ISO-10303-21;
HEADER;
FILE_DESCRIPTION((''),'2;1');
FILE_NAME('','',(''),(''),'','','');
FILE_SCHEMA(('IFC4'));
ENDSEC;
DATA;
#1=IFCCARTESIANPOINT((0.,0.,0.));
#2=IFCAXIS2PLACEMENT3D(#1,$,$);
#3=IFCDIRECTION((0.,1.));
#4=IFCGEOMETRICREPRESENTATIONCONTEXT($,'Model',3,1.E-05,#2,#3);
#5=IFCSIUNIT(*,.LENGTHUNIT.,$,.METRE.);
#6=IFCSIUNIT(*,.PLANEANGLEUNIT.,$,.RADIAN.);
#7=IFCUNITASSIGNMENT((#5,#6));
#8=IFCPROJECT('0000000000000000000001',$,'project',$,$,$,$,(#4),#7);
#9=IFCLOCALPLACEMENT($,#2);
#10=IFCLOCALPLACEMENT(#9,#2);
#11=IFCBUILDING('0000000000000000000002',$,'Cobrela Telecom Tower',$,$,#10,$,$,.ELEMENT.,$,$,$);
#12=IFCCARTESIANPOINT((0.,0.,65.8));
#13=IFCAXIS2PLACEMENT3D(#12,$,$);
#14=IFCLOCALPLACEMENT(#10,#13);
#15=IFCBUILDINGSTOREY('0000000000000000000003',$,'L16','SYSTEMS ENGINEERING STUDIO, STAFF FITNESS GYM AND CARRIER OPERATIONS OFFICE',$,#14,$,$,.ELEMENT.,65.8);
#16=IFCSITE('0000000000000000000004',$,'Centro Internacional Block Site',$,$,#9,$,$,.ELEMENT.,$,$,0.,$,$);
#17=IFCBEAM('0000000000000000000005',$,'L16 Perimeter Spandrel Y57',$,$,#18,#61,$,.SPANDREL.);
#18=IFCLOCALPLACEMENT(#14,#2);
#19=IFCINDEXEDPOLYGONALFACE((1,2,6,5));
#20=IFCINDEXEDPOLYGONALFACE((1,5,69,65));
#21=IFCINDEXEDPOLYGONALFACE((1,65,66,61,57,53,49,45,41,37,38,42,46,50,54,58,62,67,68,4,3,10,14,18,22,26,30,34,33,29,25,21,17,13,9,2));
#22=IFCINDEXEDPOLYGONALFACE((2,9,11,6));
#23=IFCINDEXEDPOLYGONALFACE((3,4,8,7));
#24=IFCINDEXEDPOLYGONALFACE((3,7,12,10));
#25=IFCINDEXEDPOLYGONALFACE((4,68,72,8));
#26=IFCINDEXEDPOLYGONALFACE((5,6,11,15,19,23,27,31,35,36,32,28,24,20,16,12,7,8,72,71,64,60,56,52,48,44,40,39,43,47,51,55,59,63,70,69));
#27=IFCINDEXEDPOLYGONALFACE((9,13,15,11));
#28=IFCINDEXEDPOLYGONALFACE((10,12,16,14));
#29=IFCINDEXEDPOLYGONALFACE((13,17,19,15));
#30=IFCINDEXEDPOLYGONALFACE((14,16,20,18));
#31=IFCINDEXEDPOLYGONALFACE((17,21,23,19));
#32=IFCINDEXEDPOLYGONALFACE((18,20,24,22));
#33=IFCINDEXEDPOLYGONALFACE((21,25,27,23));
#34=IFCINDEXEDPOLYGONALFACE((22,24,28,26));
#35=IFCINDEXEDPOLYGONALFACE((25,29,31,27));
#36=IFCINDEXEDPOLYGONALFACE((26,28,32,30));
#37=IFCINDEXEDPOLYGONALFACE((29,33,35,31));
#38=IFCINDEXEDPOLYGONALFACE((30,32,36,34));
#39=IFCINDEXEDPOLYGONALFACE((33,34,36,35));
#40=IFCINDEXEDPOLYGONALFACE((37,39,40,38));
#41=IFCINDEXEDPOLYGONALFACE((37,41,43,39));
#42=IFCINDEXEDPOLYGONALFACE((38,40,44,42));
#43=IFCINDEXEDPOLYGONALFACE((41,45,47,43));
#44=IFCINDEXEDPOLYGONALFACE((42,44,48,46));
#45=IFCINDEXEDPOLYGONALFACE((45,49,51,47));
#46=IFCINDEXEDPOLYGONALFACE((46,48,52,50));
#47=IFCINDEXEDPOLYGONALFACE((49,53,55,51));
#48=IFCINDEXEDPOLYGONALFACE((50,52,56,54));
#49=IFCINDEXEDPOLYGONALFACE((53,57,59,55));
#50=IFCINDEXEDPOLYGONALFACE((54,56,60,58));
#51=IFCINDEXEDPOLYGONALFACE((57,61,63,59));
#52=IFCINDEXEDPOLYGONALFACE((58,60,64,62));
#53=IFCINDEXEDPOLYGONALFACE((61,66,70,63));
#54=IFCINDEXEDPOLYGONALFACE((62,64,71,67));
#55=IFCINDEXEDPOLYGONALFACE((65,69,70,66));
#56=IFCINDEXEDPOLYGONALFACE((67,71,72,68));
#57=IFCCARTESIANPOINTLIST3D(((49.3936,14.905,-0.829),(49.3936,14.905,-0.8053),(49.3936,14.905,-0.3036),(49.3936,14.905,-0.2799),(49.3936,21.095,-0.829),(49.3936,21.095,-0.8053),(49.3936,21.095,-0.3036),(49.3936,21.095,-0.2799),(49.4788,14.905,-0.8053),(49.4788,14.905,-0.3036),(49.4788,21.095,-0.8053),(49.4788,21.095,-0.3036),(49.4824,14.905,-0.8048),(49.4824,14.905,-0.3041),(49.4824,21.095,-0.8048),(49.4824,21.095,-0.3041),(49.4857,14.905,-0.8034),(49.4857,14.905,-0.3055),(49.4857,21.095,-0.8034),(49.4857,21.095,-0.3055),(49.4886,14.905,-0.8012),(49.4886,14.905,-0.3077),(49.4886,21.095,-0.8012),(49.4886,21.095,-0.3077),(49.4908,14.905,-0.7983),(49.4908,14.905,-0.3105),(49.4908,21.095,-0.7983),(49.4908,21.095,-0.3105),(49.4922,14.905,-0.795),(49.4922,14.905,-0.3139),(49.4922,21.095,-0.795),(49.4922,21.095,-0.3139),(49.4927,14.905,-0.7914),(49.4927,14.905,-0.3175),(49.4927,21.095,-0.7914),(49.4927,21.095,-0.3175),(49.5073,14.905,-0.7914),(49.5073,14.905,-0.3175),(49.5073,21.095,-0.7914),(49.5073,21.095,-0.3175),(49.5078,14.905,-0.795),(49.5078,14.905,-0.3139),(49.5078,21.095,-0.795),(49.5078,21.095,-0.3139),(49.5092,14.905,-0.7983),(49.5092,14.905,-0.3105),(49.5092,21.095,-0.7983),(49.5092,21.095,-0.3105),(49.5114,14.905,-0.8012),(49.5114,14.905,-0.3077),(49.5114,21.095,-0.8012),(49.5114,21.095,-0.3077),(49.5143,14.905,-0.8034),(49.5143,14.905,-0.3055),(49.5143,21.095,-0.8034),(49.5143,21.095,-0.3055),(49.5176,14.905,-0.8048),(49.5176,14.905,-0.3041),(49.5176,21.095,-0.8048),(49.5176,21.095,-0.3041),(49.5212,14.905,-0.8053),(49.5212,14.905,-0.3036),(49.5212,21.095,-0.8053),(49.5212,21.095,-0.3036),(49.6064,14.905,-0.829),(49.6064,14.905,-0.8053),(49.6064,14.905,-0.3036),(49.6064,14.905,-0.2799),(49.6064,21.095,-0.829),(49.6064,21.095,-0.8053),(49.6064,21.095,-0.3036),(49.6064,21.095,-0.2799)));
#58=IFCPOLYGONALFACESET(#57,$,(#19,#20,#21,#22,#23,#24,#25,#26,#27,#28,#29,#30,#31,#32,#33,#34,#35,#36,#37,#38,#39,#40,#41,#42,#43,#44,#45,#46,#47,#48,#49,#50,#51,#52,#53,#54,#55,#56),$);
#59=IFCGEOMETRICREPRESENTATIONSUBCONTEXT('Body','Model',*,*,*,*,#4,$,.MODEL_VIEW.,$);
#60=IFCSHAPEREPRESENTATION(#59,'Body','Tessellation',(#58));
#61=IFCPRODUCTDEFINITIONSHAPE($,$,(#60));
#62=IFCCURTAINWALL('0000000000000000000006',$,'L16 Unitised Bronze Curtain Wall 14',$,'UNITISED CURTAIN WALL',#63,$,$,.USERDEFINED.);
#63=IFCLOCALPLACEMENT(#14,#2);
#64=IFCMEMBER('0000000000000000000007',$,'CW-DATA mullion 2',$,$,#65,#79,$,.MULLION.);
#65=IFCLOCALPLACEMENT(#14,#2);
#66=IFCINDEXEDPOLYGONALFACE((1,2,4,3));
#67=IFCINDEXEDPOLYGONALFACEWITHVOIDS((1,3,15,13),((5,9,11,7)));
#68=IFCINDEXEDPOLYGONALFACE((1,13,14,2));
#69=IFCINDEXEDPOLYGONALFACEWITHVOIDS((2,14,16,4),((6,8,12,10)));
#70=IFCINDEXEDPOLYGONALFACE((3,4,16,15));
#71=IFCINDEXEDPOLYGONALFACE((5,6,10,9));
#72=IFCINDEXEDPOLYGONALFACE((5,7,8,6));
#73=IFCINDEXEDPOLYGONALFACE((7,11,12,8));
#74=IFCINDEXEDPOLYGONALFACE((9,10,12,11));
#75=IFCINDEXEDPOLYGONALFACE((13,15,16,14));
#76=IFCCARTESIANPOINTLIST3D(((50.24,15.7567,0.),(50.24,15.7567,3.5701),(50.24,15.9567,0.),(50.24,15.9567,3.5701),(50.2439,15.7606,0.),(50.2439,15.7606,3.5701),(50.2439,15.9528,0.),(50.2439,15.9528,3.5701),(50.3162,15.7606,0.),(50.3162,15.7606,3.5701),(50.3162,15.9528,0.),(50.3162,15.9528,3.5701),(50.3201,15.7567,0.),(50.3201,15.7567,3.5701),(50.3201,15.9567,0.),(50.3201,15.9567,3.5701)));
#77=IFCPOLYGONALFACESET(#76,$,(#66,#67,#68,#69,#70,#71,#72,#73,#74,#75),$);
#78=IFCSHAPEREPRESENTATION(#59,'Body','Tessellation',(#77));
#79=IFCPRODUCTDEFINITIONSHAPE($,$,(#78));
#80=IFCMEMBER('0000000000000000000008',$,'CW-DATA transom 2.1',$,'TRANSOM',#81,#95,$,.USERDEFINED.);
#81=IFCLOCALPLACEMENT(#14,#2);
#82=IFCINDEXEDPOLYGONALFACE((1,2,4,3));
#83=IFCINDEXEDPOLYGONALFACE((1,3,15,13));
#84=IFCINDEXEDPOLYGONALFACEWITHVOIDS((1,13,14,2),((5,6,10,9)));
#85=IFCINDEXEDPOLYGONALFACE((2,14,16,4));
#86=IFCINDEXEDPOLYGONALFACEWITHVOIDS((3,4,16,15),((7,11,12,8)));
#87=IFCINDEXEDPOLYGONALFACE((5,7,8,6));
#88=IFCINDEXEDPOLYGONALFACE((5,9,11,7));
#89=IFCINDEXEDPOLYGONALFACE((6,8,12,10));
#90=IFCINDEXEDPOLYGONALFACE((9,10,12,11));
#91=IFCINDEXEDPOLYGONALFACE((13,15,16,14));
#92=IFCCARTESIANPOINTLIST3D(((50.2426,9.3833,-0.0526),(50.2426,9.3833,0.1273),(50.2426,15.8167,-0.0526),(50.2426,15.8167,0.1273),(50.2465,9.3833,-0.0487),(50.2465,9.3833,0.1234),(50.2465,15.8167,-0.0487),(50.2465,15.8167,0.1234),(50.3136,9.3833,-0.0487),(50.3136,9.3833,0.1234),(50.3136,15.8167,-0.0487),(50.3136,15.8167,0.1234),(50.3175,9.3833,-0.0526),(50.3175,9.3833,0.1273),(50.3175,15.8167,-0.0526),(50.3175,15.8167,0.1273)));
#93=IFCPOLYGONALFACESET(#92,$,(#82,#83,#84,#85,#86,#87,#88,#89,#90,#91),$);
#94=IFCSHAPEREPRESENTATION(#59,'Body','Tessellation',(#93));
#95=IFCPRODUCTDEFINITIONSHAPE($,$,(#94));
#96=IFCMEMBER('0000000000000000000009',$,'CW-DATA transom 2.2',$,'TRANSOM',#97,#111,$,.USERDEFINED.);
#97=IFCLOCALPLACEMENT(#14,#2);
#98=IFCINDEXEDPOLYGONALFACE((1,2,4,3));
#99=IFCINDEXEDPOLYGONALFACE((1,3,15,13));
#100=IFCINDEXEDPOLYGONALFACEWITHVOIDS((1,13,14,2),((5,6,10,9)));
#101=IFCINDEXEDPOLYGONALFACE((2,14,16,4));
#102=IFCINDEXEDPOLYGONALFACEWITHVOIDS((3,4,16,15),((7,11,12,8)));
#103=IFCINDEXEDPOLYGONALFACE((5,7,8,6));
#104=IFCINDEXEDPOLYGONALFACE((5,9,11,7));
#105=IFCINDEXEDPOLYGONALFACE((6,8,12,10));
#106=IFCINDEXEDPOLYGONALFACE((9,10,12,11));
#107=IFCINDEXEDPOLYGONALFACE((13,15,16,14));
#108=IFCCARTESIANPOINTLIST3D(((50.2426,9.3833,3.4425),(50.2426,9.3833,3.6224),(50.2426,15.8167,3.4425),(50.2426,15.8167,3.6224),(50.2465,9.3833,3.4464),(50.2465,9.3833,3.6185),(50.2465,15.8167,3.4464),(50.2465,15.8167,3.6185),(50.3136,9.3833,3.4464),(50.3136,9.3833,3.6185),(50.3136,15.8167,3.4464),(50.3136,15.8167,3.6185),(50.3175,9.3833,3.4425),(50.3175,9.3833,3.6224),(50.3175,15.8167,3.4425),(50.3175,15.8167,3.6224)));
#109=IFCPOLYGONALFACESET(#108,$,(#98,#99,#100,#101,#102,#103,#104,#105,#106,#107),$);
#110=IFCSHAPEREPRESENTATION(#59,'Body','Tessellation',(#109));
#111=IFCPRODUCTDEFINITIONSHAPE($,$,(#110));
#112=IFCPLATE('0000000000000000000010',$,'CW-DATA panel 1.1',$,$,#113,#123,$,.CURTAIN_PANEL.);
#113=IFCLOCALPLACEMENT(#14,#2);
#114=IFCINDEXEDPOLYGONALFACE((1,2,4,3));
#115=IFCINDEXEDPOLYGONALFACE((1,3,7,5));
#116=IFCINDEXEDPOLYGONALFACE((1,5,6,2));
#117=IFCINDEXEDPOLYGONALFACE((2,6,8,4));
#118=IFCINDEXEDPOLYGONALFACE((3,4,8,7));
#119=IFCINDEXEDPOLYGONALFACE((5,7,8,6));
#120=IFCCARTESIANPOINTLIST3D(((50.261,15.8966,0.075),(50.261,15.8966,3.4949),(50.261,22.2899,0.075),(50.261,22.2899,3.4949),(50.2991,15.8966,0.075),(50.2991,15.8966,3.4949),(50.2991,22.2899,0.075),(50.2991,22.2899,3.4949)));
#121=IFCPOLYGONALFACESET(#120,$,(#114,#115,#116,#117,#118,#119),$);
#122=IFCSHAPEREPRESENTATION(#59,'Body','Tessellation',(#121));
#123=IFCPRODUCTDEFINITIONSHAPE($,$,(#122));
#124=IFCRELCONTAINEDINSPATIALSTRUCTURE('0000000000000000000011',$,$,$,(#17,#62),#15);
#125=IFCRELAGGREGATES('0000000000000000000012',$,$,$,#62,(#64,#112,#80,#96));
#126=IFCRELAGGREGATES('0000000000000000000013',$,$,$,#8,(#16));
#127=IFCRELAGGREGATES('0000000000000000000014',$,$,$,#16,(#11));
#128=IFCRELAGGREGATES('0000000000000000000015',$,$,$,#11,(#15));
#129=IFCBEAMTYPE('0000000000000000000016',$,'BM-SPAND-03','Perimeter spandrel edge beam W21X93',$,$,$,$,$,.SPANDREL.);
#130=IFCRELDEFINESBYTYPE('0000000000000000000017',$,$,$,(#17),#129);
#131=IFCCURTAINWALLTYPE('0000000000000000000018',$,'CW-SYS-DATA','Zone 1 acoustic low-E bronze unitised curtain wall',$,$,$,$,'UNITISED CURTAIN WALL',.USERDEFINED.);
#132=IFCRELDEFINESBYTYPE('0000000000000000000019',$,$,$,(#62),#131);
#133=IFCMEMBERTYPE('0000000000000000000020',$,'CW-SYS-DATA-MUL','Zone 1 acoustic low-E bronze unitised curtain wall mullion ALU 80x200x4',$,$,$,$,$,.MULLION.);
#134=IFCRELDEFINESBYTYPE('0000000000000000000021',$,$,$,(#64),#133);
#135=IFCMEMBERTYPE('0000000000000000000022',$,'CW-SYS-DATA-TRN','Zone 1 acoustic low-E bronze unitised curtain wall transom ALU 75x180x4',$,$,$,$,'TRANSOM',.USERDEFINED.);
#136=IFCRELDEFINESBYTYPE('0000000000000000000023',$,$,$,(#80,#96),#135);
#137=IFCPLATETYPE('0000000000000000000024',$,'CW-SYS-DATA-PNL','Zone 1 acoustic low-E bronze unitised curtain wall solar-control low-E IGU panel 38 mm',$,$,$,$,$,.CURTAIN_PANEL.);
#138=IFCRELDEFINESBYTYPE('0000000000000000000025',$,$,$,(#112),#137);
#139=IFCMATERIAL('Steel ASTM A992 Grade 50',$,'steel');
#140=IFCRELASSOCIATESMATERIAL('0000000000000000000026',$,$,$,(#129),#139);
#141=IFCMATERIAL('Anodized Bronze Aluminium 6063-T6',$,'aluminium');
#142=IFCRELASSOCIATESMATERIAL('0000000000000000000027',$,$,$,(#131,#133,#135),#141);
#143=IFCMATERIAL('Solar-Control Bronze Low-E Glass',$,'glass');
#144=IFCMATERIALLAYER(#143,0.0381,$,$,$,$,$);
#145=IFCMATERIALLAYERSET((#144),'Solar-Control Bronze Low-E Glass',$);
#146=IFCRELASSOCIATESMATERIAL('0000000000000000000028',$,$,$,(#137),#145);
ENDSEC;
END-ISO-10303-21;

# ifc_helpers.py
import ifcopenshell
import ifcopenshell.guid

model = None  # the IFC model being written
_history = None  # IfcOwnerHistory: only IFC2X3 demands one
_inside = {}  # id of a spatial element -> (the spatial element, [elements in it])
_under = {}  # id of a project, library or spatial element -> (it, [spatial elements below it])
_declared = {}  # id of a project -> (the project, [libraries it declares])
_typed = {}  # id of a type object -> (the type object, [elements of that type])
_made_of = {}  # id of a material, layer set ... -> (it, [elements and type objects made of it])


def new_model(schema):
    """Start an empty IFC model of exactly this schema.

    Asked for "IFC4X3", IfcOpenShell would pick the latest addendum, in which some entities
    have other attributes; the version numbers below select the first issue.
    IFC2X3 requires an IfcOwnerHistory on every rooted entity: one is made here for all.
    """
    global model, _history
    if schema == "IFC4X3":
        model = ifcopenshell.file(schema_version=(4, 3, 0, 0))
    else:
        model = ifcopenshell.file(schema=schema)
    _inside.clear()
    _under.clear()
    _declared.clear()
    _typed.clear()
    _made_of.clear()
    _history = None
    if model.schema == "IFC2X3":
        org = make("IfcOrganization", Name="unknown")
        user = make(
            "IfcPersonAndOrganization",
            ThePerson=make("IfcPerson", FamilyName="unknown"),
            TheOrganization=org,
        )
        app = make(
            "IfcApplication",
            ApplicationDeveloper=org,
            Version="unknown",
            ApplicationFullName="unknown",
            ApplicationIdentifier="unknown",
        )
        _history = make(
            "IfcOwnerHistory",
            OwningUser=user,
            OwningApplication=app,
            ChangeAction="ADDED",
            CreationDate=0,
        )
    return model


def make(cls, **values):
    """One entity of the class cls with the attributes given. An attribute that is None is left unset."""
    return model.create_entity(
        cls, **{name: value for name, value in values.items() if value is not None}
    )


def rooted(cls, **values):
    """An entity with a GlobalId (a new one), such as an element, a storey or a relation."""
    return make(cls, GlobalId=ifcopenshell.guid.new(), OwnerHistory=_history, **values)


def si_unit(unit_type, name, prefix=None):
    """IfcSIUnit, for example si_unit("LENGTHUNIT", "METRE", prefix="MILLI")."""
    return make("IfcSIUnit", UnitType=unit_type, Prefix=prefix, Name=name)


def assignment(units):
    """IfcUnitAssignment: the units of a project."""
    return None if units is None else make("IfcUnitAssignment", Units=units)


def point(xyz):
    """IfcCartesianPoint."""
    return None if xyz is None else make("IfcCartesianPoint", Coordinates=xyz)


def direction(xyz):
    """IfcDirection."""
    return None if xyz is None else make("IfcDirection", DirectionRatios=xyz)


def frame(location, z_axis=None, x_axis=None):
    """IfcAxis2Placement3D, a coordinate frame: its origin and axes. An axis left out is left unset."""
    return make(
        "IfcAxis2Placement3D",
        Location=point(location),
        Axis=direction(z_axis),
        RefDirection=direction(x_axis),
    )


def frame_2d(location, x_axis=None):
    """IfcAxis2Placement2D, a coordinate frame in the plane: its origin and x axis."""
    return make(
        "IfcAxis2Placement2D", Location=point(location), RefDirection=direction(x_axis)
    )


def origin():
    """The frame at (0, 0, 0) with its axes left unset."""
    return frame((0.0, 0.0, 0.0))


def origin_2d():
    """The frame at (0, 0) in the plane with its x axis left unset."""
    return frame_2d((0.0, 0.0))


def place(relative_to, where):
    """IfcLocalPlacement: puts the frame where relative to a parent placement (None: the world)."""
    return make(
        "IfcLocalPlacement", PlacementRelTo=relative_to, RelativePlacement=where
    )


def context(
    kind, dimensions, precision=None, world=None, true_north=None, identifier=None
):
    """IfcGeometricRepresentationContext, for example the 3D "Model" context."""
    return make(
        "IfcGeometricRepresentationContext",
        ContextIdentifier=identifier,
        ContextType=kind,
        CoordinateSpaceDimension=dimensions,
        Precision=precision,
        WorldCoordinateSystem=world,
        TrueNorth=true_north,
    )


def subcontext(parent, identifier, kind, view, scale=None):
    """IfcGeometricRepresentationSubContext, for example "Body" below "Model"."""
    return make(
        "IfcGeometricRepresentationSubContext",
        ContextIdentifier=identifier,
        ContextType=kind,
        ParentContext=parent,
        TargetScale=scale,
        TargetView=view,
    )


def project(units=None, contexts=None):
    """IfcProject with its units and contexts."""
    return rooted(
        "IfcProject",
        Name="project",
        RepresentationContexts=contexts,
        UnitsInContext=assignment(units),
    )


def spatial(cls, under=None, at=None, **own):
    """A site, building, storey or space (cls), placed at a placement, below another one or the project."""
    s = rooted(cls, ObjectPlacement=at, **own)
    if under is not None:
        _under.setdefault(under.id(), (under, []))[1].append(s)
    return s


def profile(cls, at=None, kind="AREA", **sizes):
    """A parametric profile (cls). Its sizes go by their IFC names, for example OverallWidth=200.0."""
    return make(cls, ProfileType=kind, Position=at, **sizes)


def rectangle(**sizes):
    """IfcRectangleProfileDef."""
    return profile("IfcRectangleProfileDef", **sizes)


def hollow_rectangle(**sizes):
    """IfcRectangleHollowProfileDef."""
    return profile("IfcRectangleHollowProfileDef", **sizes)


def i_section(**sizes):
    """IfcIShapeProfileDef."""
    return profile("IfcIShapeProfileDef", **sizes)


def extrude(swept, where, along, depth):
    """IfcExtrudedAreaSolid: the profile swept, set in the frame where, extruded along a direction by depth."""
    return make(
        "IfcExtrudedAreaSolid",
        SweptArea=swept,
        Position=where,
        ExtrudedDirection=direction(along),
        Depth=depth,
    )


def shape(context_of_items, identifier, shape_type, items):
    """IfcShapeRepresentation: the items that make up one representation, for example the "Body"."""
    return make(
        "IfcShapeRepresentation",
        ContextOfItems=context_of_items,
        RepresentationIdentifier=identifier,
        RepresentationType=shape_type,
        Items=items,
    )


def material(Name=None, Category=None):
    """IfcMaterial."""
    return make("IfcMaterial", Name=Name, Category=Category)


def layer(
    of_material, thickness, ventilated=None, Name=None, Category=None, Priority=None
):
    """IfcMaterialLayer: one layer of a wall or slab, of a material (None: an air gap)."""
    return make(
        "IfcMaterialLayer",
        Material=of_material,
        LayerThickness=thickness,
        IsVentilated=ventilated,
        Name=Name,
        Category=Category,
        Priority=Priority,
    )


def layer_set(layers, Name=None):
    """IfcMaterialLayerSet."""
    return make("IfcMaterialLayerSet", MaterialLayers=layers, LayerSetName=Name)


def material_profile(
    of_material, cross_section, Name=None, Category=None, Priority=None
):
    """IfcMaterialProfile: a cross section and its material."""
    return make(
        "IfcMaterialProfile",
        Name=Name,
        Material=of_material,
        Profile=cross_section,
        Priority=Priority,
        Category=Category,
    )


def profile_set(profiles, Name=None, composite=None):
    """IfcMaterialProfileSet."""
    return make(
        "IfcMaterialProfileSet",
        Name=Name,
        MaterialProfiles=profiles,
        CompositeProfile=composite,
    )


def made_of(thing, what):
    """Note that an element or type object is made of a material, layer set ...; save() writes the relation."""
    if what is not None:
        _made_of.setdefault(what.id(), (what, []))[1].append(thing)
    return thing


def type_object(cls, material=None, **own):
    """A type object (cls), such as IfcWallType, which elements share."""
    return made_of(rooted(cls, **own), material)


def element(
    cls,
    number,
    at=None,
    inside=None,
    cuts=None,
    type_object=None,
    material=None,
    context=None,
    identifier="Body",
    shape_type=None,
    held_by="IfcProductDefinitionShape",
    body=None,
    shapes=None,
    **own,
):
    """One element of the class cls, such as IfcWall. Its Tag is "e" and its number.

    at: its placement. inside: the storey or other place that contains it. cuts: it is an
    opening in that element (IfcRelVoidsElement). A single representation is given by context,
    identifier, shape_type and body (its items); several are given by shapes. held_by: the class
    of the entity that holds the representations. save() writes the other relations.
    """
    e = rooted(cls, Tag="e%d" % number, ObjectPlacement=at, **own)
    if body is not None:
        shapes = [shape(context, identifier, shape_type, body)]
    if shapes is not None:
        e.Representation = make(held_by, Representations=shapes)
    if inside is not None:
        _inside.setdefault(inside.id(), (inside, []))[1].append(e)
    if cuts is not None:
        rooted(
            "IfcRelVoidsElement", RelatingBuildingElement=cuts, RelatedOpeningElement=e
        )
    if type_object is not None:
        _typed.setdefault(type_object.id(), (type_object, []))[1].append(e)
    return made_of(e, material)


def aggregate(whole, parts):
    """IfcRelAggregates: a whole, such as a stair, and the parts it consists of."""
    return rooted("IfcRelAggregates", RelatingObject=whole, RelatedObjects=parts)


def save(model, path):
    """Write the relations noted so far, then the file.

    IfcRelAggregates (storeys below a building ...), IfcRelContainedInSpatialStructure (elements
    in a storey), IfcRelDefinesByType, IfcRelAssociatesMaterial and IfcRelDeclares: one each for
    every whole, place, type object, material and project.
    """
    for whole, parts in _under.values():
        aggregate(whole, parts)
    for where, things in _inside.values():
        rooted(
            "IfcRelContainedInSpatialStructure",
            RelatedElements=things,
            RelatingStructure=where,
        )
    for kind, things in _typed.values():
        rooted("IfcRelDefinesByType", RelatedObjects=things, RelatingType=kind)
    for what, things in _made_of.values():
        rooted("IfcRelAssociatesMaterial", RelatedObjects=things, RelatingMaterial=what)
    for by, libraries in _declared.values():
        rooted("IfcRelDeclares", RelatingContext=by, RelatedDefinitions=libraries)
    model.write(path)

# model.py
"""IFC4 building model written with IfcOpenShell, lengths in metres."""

from ifc_helpers import new_model, si_unit, direction, frame, origin, origin_2d, place, context, subcontext, project, spatial, rectangle, hollow_rectangle, i_section, extrude, material, layer, layer_set, material_profile, profile_set, type_object, element, aggregate, save


model = new_model("IFC4")

# Units and contexts
model_context = context("Model", 3, precision=1e-05, world=origin(), true_north=direction((0.0, 1.0)))
body_context = subcontext(model_context, "Body", "Model", "MODEL_VIEW")
ifc_project = project(units=[si_unit("LENGTHUNIT", "METRE"), si_unit("PLANEANGLEUNIT", "RADIAN")], contexts=[model_context])

# Site, building, storey
site_placement = place(None, origin())
site = spatial("IfcSite", under=ifc_project, at=site_placement, Name="Centro Internacional Block Site", CompositionType="ELEMENT", RefElevation=0.0)
building_placement = place(site_placement, origin())
building = spatial("IfcBuilding", under=site, at=building_placement, Name="Cobrela Telecom Tower", CompositionType="ELEMENT")
storey_placement = place(building_placement, frame((0.0, 0.0, 65.8)))
storey = spatial("IfcBuildingStorey", under=building, at=storey_placement, Name="L16", Description="SYSTEMS ENGINEERING STUDIO, STAFF FITNESS GYM AND CARRIER OPERATIONS OFFICE", CompositionType="ELEMENT", Elevation=65.8)

# Shared definitions
ifc_material_1 = material(Name="Steel ASTM A992 Grade 50", Category="steel")

# Beam
ifc_material_profile_1 = material_profile(ifc_material_1, i_section(OverallWidth=0.2129, OverallDepth=0.5491, WebThickness=0.0146, FlangeThickness=0.0237, FilletRadius=0.0139, at=origin_2d()), Name="W21X93")
ifc_profile_set_1 = profile_set([ifc_material_profile_1], Name="Steel ASTM A992 Grade 50")
beam_type_1 = type_object("IfcBeamType", Name="BM-SPAND-03", Description="Perimeter spandrel edge beam W21X93", PredefinedType="SPANDREL", material=ifc_profile_set_1)
beam_placement = place(storey_placement, frame((49.5, 14.905, -0.5544), z_axis=(0.0, 1.0, 0.0), x_axis=(-1.0, 0.0, 0.0)))
element("IfcBeam", 1, at=beam_placement, inside=storey, type_object=beam_type_1, Name="L16 Perimeter Spandrel Y57", PredefinedType="SPANDREL", context=body_context, shape_type="SweptSolid", body=[
    extrude(i_section(OverallWidth=0.2129, OverallDepth=0.5491, WebThickness=0.0146, FlangeThickness=0.0237, FilletRadius=0.0139, at=origin_2d()), origin(), (0.0, 0.0, 1.0), 6.1899),
])

# Curtain wall, members, plate
ifc_material_2 = material(Name="Anodized Bronze Aluminium 6063-T6", Category="aluminium")
curtain_wall_type = type_object("IfcCurtainWallType", Name="CW-SYS-DATA", Description="Zone 1 acoustic low-E bronze unitised curtain wall", ElementType="UNITISED CURTAIN WALL", PredefinedType="USERDEFINED", material=ifc_material_2)
curtain_wall_placement = place(storey_placement, origin())
curtain_wall = element("IfcCurtainWall", 2, at=curtain_wall_placement, inside=storey, type_object=curtain_wall_type, Name="L16 Unitised Bronze Curtain Wall 14", ObjectType="UNITISED CURTAIN WALL", PredefinedType="USERDEFINED")
ifc_material_profile_2 = material_profile(ifc_material_2, hollow_rectangle(XDim=0.0801, YDim=0.2, WallThickness=0.0039, at=origin_2d()), Name="ALU 80x200x4")
ifc_profile_set_2 = profile_set([ifc_material_profile_2], Name="Anodized Bronze Aluminium 6063-T6")
member_type_1 = type_object("IfcMemberType", Name="CW-SYS-DATA-MUL", Description="Zone 1 acoustic low-E bronze unitised curtain wall mullion ALU 80x200x4", PredefinedType="MULLION", material=ifc_profile_set_2)
member_1_placement = place(storey_placement, frame((50.28, 15.8567, 0.0), z_axis=(0.0, 0.0, 1.0), x_axis=(1.0, 0.0, 0.0)))
member_1 = element("IfcMember", 3, at=member_1_placement, type_object=member_type_1, Name="CW-DATA mullion 2", PredefinedType="MULLION", context=body_context, shape_type="SweptSolid", body=[
    extrude(hollow_rectangle(XDim=0.0801, YDim=0.2, WallThickness=0.0039, at=origin_2d()), origin(), (0.0, 0.0, 1.0), 3.5701),
])
ifc_material_profile_3 = material_profile(ifc_material_2, hollow_rectangle(XDim=0.075, YDim=0.1799, WallThickness=0.0039, at=origin_2d()), Name="ALU 75x180x4")
ifc_profile_set_3 = profile_set([ifc_material_profile_3], Name="Anodized Bronze Aluminium 6063-T6")
member_type_2 = type_object("IfcMemberType", Name="CW-SYS-DATA-TRN", Description="Zone 1 acoustic low-E bronze unitised curtain wall transom ALU 75x180x4", ElementType="TRANSOM", PredefinedType="USERDEFINED", material=ifc_profile_set_3)
member_2_placement = place(storey_placement, frame((50.28, 15.8167, 0.0374), z_axis=(0.0, -1.0, 0.0), x_axis=(1.0, 0.0, 0.0)))
member_2 = element("IfcMember", 4, at=member_2_placement, type_object=member_type_2, Name="CW-DATA transom 2.1", ObjectType="TRANSOM", PredefinedType="USERDEFINED", context=body_context, shape_type="SweptSolid", body=[
    extrude(hollow_rectangle(XDim=0.075, YDim=0.1799, WallThickness=0.0039, at=origin_2d()), origin(), (0.0, 0.0, 1.0), 6.4333),
])
member_3_placement = place(storey_placement, frame((50.28, 15.8167, 3.5325), z_axis=(0.0, -1.0, 0.0), x_axis=(1.0, 0.0, 0.0)))
member_3 = element("IfcMember", 5, at=member_3_placement, type_object=member_type_2, Name="CW-DATA transom 2.2", ObjectType="TRANSOM", PredefinedType="USERDEFINED", context=body_context, shape_type="SweptSolid", body=[
    extrude(hollow_rectangle(XDim=0.075, YDim=0.1799, WallThickness=0.0039, at=origin_2d()), origin(), (0.0, 0.0, 1.0), 6.4333),
])
ifc_material_3 = material(Name="Solar-Control Bronze Low-E Glass", Category="glass")
ifc_layer = layer(ifc_material_3, 0.0381)
ifc_layer_set = layer_set([ifc_layer], Name="Solar-Control Bronze Low-E Glass")
plate_type = type_object("IfcPlateType", Name="CW-SYS-DATA-PNL", Description="Zone 1 acoustic low-E bronze unitised curtain wall solar-control low-E IGU panel 38 mm", PredefinedType="CURTAIN_PANEL", material=ifc_layer_set)
plate_placement = place(storey_placement, frame((50.28, 19.0933, 0.075), z_axis=(0.0, 0.0, 1.0), x_axis=(0.0, -1.0, 0.0)))
plate = element("IfcPlate", 6, at=plate_placement, type_object=plate_type, Name="CW-DATA panel 1.1", PredefinedType="CURTAIN_PANEL", context=body_context, shape_type="SweptSolid", body=[
    extrude(rectangle(XDim=6.3933, YDim=0.0381, at=origin_2d()), origin(), (0.0, 0.0, 1.0), 3.4199),
])
aggregate(curtain_wall, [member_1, plate, member_2, member_3])

save(model, "model.ifc")
